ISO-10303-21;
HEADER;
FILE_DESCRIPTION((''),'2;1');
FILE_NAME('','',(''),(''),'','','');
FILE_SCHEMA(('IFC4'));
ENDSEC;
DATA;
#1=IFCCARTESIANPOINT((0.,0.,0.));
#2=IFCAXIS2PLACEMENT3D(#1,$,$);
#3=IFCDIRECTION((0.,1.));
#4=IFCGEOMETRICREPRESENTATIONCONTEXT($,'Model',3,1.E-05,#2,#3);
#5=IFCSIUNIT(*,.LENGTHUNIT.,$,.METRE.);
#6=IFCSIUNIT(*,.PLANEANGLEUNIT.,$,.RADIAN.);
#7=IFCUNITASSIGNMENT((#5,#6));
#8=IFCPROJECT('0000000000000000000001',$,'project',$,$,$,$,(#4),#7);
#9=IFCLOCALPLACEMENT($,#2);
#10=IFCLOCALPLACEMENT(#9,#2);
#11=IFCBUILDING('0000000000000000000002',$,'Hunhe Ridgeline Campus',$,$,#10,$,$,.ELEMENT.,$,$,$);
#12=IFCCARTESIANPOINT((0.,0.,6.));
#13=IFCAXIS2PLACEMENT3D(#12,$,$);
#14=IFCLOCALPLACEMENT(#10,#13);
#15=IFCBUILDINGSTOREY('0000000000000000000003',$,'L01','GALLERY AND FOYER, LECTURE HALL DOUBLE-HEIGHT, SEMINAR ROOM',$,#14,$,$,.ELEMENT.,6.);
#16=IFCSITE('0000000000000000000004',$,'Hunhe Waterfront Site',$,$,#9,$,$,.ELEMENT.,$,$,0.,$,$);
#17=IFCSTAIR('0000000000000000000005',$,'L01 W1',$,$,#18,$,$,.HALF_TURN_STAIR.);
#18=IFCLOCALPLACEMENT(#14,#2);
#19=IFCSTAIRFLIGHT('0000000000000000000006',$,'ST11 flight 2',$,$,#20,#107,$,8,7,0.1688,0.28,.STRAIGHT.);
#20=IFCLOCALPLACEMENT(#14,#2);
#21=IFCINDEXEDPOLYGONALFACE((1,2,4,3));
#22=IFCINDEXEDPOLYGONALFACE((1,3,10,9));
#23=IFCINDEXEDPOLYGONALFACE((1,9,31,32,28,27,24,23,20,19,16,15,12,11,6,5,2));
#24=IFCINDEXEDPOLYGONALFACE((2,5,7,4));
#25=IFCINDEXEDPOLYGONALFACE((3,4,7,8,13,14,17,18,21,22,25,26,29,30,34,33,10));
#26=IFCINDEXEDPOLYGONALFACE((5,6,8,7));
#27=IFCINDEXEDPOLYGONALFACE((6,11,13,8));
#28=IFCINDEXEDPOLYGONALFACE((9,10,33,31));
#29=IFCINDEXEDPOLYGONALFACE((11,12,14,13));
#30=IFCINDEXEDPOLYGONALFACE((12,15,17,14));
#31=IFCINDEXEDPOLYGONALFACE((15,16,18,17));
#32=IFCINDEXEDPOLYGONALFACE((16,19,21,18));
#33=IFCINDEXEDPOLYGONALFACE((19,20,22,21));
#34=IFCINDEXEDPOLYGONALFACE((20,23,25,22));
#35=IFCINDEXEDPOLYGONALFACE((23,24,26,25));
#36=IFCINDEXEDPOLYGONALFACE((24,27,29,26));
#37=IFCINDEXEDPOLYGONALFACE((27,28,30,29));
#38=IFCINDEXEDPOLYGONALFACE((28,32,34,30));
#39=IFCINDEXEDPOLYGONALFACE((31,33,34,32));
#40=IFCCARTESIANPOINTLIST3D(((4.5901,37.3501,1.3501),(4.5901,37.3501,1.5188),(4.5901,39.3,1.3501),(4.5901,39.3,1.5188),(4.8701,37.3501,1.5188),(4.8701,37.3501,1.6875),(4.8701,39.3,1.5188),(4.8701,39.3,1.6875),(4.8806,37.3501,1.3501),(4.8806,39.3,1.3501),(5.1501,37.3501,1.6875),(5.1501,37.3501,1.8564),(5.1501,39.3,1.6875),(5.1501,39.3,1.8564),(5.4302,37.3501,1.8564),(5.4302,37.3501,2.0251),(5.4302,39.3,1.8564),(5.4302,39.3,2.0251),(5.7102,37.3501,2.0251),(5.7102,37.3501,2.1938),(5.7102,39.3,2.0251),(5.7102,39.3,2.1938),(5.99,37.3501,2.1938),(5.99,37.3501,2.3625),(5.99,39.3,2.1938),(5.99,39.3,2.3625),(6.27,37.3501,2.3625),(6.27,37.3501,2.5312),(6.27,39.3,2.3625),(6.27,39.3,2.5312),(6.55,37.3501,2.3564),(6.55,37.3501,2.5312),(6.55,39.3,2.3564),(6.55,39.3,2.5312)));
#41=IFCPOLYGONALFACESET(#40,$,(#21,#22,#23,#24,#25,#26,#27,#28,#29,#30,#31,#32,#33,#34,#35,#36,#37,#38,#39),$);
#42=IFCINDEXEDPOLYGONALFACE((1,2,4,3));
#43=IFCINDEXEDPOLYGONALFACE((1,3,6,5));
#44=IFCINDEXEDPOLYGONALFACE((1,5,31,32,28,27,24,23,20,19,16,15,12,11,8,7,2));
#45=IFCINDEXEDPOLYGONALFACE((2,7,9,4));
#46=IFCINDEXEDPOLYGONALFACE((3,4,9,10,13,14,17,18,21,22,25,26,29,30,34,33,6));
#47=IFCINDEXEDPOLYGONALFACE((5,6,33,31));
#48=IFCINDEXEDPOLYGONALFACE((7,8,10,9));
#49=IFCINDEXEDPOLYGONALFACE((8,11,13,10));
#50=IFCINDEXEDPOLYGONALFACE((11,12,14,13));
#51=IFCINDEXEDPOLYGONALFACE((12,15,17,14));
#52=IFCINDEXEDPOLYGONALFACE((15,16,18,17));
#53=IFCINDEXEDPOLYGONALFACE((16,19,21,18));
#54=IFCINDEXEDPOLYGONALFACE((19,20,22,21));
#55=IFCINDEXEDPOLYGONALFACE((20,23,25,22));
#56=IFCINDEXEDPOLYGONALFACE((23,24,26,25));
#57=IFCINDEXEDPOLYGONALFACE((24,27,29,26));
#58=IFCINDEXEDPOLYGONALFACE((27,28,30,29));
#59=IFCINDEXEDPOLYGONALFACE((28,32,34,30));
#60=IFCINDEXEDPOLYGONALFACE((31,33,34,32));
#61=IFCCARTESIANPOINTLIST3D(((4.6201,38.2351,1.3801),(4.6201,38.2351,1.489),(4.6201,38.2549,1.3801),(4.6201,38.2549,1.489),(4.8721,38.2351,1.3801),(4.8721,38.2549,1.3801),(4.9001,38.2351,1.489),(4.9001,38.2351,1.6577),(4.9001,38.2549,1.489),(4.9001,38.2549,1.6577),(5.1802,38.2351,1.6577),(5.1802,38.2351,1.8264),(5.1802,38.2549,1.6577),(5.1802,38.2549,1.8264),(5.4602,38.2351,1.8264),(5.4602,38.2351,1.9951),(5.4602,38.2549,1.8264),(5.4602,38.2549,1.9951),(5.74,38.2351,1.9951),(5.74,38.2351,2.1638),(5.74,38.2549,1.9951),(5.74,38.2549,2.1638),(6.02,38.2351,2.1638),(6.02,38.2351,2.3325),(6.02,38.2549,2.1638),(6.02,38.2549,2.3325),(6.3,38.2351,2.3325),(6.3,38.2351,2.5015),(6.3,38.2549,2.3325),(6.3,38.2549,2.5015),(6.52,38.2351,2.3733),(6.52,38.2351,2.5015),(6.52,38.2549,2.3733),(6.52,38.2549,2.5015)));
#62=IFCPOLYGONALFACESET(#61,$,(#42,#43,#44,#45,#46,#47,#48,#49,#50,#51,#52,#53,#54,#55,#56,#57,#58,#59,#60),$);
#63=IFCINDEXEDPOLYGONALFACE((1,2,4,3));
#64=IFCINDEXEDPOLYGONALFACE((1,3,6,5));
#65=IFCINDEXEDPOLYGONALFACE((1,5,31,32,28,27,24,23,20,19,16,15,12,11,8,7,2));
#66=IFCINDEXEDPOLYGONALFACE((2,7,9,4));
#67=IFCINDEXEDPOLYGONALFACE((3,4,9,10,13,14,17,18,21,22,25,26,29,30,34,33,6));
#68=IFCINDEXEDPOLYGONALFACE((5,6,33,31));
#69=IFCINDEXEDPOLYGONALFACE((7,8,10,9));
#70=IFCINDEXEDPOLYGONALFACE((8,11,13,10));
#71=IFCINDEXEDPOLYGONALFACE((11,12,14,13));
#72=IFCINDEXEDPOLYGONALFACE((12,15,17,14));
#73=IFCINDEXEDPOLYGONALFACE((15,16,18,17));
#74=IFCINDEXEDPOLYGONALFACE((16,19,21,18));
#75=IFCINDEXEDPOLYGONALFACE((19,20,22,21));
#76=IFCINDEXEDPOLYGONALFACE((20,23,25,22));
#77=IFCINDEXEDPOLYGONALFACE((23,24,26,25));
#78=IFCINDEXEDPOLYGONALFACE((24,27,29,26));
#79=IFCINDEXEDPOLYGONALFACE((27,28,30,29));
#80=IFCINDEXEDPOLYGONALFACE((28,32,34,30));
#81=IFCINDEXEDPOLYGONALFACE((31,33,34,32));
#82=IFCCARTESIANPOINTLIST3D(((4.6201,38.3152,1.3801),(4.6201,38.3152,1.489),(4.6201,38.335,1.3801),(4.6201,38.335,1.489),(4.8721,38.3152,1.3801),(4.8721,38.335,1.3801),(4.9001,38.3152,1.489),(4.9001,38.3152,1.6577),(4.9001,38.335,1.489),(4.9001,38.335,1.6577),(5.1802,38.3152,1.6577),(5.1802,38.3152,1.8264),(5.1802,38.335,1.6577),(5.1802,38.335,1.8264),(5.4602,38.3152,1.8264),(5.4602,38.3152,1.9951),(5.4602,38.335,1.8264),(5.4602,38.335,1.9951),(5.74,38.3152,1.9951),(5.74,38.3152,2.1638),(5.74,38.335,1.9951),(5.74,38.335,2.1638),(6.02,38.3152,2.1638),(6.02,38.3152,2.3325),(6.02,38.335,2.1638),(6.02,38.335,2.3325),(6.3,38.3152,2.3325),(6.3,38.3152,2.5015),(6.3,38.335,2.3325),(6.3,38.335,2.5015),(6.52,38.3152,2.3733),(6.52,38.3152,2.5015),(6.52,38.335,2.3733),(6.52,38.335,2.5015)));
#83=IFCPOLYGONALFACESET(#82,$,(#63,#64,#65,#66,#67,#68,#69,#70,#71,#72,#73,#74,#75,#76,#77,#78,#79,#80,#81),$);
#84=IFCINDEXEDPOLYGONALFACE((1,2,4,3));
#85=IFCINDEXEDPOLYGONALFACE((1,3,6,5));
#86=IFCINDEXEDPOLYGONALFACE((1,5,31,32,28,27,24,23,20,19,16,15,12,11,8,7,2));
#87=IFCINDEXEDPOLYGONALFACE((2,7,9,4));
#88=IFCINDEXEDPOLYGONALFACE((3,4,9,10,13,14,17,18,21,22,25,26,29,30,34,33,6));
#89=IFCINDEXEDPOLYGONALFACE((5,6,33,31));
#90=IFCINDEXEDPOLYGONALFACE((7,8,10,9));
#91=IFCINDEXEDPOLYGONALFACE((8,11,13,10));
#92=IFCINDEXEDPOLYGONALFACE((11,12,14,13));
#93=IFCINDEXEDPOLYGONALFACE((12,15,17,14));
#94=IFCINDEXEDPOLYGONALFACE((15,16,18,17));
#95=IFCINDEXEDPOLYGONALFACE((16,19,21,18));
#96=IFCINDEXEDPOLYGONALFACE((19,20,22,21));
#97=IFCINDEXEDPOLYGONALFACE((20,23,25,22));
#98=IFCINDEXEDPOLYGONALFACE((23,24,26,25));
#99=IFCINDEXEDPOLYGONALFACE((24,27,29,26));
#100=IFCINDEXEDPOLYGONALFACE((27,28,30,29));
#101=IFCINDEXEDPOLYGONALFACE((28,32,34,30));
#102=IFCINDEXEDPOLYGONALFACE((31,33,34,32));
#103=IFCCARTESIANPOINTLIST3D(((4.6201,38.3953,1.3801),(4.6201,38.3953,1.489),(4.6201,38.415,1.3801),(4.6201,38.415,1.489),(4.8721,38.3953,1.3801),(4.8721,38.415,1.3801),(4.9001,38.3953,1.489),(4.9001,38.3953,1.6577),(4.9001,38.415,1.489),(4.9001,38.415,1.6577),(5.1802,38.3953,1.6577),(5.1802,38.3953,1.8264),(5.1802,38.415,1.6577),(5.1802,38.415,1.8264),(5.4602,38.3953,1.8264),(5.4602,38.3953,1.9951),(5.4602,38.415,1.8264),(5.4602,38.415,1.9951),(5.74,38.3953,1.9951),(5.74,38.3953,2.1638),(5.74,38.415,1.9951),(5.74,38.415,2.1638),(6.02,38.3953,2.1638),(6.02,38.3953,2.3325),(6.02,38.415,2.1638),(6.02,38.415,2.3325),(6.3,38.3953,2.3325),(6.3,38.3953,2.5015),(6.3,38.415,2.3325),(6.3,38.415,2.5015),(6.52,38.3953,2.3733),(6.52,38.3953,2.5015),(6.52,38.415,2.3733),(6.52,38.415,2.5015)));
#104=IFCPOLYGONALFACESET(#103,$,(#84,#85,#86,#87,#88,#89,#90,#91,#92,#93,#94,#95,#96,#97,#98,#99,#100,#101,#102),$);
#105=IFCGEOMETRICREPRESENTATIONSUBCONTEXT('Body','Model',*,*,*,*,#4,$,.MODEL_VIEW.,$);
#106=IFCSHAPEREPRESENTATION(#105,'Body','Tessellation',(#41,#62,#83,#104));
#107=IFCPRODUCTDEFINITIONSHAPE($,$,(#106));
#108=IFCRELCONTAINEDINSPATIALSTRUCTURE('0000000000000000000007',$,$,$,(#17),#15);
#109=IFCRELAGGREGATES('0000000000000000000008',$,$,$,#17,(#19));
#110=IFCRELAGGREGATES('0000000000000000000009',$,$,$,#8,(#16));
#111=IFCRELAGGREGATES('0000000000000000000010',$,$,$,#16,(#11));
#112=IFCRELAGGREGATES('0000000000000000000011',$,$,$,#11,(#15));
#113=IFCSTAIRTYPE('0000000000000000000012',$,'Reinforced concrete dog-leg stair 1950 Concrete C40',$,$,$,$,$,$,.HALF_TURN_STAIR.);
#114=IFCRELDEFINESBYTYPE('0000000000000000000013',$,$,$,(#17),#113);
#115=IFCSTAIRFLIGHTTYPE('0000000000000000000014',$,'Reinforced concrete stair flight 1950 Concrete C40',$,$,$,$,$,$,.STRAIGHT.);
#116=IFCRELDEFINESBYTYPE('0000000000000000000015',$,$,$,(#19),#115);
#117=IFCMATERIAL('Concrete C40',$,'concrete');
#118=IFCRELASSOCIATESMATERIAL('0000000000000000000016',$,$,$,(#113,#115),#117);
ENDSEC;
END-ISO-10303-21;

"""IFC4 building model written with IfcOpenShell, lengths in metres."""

from ifc_helpers import new_model, si_unit, direction, frame, origin, place, context, subcontext, project, spatial, polyline, outline, extrude, material, type_object, element, aggregate, save


model = new_model("IFC4")

# Units and contexts
model_context = context("Model", 3, precision=1e-05, world=origin(), true_north=direction((0.0, 1.0)))
body_context = subcontext(model_context, "Body", "Model", "MODEL_VIEW")
ifc_project = project(units=[si_unit("LENGTHUNIT", "METRE"), si_unit("PLANEANGLEUNIT", "RADIAN")], contexts=[model_context])

# Site, building, storey
site_placement = place(None, origin())
site = spatial("IfcSite", under=ifc_project, at=site_placement, Name="Hunhe Waterfront Site", CompositionType="ELEMENT", RefElevation=0.0)
building_placement = place(site_placement, origin())
building = spatial("IfcBuilding", under=site, at=building_placement, Name="Hunhe Ridgeline Campus", CompositionType="ELEMENT")
storey_placement = place(building_placement, frame((0.0, 0.0, 6.0)))
storey = spatial("IfcBuildingStorey", under=building, at=storey_placement, Name="L01", Description="GALLERY AND FOYER, LECTURE HALL DOUBLE-HEIGHT, SEMINAR ROOM", CompositionType="ELEMENT", Elevation=6.0)

# Stair, stair flight
ifc_material_1 = material(Name="Concrete C40", Category="concrete")
stair_type = type_object("IfcStairType", Name="Reinforced concrete dog-leg stair 1950 Concrete C40", PredefinedType="HALF_TURN_STAIR", material=ifc_material_1)
stair_flight_type = type_object("IfcStairFlightType", Name="Reinforced concrete stair flight 1950 Concrete C40", PredefinedType="STRAIGHT", material=ifc_material_1)
stair_1_placement = place(storey_placement, origin())
stair_1 = element("IfcStair", 1, at=stair_1_placement, inside=storey, type_object=stair_type, Name="L01 W1", PredefinedType="HALF_TURN_STAIR")
stair_flight_1_placement = place(storey_placement, frame((4.5901, 38.325, 1.3501), z_axis=(0.0, 0.0, 1.0), x_axis=(1.0, 0.0, 0.0)))
stair_flight_1 = element("IfcStairFlight", 2, at=stair_flight_1_placement, type_object=stair_flight_type, Name="ST11 flight 2", NumberOfRisers=8, NumberOfTreads=7, PredefinedType="STRAIGHT", RiserHeight=0.1688, TreadLength=0.28, context=body_context, shape_type="SweptSolid", body=[
    extrude(outline(polyline([(0.0, 0.0), (0.0, 0.1687), (0.28, 0.1687), (0.28, 0.3374), (0.5601, 0.3374), (0.5601, 0.5063), (0.8401, 0.5063), (0.8401, 0.675), (1.1201, 0.675), (1.1201, 0.8438), (1.3999, 0.8438), (1.3999, 1.0125), (1.6799, 1.0125), (1.6799, 1.1812), (1.96, 1.1812), (1.96, 1.3501), (1.96, 1.0063), (0.2905, 0.0), (0.0, 0.0)])), frame((0.0, 0.9751, 0.0), z_axis=(0.0, -1.0, 0.0), x_axis=(1.0, 0.0, 0.0)), (0.0, 0.0, 1.0), 1.95),
    extrude(outline(polyline([(0.03, 0.03), (0.03, 0.1389), (0.3101, 0.1389), (0.3101, 0.3076), (0.5901, 0.3076), (0.5901, 0.4763), (0.8701, 0.4763), (0.8701, 0.645), (1.1499, 0.645), (1.1499, 0.8137), (1.4299, 0.8137), (1.4299, 0.9824), (1.71, 0.9824), (1.71, 1.1514), (1.9299, 1.1514), (1.9299, 1.0232), (0.282, 0.03), (0.03, 0.03)])), frame((0.0, -0.0701, 0.0), z_axis=(0.0, -1.0, 0.0), x_axis=(1.0, 0.0, 0.0)), (0.0, 0.0, 1.0), 0.0198),
    extrude(outline(polyline([(0.03, 0.03), (0.03, 0.1389), (0.3101, 0.1389), (0.3101, 0.3076), (0.5901, 0.3076), (0.5901, 0.4763), (0.8701, 0.4763), (0.8701, 0.645), (1.1499, 0.645), (1.1499, 0.8137), (1.4299, 0.8137), (1.4299, 0.9824), (1.71, 0.9824), (1.71, 1.1514), (1.9299, 1.1514), (1.9299, 1.0232), (0.282, 0.03), (0.03, 0.03)])), frame((0.0, 0.01, 0.0), z_axis=(0.0, -1.0, 0.0), x_axis=(1.0, 0.0, 0.0)), (0.0, 0.0, 1.0), 0.0198),
    extrude(outline(polyline([(0.03, 0.03), (0.03, 0.1389), (0.3101, 0.1389), (0.3101, 0.3076), (0.5901, 0.3076), (0.5901, 0.4763), (0.8701, 0.4763), (0.8701, 0.645), (1.1499, 0.645), (1.1499, 0.8137), (1.4299, 0.8137), (1.4299, 0.9824), (1.71, 0.9824), (1.71, 1.1514), (1.9299, 1.1514), (1.9299, 1.0232), (0.282, 0.03), (0.03, 0.03)])), frame((0.0, 0.0901, 0.0), z_axis=(0.0, -1.0, 0.0), x_axis=(1.0, 0.0, 0.0)), (0.0, 0.0, 1.0), 0.0198),
])
aggregate(stair_1, [stair_flight_1])

save(model, "model.ifc")
